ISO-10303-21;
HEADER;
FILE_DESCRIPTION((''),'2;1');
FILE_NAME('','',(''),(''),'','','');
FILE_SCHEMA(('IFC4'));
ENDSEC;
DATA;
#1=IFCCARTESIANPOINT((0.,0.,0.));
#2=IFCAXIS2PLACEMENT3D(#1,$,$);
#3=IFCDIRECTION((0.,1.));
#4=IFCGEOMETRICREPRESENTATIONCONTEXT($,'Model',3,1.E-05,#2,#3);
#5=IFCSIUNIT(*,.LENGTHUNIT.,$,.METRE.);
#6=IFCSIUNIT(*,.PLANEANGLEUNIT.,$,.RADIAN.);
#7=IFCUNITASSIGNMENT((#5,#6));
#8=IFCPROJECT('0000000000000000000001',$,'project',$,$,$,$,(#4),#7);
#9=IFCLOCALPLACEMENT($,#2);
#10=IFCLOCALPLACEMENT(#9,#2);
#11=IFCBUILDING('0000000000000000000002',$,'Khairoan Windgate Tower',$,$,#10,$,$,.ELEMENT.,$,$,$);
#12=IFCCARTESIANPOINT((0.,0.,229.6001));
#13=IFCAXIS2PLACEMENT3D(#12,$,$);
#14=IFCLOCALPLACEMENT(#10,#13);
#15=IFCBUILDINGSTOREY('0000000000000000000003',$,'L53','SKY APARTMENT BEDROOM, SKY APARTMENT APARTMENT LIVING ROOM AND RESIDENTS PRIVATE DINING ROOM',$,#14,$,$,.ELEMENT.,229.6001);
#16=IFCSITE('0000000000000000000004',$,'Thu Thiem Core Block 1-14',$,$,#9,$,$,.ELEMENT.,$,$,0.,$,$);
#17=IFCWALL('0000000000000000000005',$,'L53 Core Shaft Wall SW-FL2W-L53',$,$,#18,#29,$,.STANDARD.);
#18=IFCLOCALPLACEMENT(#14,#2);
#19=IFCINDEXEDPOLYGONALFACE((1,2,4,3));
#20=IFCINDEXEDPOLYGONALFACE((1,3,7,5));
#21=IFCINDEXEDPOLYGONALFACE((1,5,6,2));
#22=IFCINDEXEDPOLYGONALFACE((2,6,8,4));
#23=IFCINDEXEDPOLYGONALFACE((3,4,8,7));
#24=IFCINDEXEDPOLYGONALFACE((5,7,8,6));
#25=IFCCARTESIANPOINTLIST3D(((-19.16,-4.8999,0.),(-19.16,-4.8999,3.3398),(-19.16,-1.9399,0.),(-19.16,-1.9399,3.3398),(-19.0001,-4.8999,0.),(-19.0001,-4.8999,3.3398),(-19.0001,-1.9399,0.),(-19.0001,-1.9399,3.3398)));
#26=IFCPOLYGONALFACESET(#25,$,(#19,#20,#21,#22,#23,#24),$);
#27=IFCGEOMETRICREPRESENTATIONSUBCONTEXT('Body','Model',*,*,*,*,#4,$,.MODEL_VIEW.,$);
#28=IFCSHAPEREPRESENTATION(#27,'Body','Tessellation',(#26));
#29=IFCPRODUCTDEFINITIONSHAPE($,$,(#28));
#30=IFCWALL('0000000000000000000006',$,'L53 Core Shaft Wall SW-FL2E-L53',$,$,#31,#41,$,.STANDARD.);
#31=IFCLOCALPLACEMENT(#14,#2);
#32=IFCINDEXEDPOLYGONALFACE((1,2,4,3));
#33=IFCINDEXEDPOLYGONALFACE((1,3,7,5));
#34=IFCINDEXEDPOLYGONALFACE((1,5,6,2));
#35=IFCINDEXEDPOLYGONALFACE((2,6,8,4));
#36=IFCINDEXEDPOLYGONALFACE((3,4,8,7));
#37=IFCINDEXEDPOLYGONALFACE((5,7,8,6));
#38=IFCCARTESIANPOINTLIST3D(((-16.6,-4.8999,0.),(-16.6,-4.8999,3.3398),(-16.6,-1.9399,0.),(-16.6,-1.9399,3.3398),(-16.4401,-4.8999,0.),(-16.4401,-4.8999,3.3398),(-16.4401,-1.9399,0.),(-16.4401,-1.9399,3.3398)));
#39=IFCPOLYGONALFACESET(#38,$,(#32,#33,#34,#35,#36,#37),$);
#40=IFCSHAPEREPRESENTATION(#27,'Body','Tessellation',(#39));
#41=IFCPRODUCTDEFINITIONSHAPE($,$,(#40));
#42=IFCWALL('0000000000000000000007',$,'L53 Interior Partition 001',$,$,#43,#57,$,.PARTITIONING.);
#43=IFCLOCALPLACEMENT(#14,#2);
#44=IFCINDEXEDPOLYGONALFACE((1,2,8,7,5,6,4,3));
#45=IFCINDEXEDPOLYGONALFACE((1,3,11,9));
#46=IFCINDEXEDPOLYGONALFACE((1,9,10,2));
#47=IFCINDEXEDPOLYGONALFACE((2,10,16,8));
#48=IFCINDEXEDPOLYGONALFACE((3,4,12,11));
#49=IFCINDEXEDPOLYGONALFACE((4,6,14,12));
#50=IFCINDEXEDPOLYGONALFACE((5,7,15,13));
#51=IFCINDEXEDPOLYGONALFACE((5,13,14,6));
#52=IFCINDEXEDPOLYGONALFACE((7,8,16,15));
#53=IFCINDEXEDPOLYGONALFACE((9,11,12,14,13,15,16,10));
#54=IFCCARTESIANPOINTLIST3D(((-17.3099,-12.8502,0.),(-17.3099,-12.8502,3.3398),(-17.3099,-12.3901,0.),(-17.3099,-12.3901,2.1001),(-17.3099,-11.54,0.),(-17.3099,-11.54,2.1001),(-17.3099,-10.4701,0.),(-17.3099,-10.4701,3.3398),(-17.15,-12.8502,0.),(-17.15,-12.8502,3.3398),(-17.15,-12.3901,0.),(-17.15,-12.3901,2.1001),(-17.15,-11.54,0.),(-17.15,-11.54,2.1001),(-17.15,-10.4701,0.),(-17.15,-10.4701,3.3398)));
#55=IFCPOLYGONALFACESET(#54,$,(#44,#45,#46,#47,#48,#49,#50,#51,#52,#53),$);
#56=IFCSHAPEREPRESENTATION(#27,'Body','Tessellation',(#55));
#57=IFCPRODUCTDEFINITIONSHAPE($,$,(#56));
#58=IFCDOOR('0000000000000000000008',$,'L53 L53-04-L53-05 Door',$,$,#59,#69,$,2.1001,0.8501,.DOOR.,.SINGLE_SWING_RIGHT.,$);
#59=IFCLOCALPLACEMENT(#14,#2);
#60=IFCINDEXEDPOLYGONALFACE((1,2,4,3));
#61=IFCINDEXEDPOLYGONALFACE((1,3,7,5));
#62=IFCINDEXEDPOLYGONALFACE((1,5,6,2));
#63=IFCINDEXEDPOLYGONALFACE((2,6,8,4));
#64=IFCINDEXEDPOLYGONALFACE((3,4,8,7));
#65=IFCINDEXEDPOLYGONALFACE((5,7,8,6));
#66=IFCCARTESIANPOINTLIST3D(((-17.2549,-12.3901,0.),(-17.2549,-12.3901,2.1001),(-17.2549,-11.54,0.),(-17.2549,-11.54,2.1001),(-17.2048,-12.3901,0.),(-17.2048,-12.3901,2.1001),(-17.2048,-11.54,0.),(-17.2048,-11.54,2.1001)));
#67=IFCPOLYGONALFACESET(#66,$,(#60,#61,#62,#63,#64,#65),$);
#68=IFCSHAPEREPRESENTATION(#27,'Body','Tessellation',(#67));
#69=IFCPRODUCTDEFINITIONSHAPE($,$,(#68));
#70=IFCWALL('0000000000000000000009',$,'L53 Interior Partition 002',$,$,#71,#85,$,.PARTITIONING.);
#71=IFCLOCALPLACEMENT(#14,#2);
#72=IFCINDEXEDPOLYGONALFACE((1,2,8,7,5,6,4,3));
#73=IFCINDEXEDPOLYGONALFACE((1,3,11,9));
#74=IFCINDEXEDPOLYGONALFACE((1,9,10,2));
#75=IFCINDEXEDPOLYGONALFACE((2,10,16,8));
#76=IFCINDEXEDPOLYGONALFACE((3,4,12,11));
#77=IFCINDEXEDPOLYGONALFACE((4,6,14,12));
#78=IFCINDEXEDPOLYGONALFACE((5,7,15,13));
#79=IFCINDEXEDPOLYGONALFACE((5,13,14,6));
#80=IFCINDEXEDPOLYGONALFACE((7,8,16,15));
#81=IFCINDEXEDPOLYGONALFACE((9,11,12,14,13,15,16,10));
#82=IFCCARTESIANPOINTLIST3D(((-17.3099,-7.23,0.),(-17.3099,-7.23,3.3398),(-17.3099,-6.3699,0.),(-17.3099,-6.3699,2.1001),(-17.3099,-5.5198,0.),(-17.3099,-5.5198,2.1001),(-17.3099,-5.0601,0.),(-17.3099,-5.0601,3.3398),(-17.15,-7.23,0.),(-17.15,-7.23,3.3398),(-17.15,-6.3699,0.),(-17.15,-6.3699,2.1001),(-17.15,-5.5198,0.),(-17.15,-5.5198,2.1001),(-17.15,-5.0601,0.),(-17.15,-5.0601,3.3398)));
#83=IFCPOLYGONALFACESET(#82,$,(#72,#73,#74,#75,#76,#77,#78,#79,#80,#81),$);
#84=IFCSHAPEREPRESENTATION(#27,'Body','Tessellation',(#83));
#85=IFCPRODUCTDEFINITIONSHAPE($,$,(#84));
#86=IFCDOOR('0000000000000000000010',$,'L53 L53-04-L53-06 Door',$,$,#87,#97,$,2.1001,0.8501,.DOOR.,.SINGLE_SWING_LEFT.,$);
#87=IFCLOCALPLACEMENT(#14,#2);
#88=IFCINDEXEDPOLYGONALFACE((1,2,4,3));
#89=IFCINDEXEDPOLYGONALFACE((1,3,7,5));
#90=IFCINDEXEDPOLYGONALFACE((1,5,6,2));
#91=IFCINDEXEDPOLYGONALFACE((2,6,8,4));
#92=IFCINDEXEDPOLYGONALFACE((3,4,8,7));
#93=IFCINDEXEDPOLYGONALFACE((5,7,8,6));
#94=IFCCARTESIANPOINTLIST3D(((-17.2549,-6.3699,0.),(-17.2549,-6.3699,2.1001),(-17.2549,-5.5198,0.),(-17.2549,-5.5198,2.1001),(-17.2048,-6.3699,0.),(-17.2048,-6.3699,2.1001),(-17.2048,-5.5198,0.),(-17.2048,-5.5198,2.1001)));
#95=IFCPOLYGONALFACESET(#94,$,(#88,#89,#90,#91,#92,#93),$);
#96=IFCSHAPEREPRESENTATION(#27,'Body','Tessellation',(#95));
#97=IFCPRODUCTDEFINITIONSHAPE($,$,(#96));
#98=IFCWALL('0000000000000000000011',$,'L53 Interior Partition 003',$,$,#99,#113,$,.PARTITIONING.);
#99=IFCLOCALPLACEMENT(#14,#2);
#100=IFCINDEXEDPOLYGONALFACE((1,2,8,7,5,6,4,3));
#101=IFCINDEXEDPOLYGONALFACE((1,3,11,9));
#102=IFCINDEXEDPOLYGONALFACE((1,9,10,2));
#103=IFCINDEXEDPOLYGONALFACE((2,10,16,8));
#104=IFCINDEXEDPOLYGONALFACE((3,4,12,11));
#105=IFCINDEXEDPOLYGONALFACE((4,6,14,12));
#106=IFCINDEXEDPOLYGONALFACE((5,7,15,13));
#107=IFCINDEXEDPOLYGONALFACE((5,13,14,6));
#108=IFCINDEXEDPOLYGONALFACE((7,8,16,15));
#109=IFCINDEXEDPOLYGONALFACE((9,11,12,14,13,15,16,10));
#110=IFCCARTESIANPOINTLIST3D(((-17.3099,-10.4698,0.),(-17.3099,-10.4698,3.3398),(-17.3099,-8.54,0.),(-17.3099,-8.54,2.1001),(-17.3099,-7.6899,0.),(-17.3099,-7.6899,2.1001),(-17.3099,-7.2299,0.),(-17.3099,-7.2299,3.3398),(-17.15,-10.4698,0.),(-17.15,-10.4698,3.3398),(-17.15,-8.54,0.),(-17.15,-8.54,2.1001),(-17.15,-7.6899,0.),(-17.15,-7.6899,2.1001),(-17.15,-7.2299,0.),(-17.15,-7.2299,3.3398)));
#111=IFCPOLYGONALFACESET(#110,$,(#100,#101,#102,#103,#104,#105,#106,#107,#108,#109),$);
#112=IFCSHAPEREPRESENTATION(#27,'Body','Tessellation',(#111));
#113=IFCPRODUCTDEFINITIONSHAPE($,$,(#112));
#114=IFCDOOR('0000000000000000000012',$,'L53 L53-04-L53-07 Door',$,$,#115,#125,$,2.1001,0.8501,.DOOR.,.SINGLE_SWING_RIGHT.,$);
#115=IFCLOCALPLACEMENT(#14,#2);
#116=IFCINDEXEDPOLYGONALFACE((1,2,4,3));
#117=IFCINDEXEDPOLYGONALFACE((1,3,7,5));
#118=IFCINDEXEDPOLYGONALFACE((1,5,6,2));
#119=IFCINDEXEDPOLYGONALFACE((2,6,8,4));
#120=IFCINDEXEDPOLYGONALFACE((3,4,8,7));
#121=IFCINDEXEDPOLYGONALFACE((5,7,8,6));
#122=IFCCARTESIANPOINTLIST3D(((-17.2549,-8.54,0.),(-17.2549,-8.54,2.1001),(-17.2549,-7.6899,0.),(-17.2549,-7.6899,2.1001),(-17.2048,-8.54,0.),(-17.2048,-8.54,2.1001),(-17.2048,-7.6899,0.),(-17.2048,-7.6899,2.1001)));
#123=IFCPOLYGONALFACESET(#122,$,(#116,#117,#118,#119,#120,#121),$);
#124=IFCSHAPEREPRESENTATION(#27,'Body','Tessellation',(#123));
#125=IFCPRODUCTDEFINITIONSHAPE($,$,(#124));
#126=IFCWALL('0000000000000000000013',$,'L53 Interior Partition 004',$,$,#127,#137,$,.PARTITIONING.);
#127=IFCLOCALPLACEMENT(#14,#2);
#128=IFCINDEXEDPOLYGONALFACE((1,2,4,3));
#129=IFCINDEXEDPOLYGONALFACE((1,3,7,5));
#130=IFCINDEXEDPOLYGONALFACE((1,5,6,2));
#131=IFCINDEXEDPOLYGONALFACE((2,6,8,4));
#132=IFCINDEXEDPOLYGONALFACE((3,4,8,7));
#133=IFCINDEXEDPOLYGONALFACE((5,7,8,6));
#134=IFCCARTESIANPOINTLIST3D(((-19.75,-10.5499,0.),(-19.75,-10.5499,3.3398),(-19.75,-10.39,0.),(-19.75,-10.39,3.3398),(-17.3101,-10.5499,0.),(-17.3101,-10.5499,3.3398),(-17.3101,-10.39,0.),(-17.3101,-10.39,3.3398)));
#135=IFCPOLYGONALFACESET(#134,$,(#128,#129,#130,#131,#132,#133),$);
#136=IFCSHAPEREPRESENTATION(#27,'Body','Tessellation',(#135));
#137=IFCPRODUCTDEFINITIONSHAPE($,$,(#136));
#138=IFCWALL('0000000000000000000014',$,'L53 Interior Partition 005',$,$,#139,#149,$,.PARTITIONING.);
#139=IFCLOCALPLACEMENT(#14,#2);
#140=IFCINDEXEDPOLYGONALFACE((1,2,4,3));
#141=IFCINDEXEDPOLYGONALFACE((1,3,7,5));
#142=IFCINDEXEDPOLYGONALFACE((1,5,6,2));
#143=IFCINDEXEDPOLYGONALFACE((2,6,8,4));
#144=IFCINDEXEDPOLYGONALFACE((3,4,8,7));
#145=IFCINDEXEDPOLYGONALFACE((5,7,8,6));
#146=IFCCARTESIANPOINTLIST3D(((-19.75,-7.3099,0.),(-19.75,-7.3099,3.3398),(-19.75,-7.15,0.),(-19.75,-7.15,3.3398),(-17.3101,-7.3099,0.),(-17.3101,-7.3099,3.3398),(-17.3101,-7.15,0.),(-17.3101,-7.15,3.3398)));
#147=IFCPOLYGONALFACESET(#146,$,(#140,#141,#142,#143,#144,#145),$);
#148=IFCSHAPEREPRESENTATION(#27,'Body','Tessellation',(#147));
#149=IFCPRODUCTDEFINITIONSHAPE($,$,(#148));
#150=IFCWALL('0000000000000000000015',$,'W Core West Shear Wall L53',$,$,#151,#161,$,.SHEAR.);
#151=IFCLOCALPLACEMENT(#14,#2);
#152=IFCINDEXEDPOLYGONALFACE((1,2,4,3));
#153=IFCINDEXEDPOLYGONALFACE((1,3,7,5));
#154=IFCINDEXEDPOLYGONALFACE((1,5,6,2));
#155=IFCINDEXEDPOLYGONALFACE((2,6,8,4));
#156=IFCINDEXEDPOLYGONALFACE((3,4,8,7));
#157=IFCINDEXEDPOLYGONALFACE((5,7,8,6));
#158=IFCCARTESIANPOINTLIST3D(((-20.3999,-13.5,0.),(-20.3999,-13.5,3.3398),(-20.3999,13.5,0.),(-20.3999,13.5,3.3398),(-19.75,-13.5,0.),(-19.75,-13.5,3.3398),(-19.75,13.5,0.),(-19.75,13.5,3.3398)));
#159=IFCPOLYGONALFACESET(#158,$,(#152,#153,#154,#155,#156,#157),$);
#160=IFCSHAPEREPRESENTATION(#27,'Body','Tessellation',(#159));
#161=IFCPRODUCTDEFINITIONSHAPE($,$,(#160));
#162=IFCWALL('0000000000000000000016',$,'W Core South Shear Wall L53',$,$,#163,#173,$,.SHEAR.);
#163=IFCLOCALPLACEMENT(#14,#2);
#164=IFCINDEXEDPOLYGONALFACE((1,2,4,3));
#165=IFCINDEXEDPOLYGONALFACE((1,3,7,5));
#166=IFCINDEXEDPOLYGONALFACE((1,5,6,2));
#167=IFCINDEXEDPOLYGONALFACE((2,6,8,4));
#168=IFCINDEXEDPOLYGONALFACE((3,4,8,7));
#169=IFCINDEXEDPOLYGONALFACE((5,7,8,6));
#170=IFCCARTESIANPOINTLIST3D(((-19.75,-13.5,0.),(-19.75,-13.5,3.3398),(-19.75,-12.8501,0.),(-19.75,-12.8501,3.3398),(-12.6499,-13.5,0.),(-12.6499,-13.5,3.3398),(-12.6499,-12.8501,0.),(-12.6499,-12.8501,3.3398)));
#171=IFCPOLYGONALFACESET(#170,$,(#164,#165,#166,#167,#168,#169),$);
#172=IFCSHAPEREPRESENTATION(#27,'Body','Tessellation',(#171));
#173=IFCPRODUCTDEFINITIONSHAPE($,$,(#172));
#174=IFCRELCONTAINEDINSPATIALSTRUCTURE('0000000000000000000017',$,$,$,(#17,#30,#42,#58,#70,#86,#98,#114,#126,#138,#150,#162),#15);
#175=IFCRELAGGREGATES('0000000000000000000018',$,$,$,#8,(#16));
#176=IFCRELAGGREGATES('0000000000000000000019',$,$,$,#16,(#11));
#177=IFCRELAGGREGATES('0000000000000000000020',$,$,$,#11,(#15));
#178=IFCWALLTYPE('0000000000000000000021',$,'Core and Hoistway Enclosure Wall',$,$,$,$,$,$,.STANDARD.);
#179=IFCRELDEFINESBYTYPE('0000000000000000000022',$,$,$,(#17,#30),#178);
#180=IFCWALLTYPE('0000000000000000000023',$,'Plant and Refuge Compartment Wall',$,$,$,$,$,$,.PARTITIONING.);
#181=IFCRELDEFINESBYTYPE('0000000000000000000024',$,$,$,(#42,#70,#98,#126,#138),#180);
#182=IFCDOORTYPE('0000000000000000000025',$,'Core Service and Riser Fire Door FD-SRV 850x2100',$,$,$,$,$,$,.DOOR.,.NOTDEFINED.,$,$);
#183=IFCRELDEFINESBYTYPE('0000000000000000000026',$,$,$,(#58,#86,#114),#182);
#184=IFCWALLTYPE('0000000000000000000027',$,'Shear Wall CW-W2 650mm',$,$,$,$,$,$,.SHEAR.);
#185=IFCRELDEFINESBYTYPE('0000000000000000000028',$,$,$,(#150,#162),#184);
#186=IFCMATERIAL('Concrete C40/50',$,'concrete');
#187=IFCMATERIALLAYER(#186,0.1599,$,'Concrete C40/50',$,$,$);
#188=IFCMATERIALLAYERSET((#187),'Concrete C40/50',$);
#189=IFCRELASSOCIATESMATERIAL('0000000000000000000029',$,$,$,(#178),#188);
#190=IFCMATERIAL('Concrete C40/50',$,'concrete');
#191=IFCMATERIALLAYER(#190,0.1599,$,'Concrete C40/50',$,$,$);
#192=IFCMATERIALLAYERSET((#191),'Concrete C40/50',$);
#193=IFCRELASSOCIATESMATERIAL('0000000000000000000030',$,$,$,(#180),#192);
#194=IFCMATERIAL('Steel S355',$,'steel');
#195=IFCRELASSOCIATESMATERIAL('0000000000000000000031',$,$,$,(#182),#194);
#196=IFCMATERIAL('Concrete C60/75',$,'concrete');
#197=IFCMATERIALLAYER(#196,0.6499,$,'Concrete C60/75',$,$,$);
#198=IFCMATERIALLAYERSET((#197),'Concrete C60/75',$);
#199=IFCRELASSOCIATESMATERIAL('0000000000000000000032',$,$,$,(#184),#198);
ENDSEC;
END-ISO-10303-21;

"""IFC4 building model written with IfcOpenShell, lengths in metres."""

from ifc_helpers import new_model, si_unit, direction, frame, frame_2d, origin, place, context, subcontext, project, spatial, rectangle, extrude, material, layer, layer_set, type_object, element, fill, save


model = new_model("IFC4")

# Units and contexts
model_context = context("Model", 3, precision=1e-05, world=origin(), true_north=direction((0.0, 1.0)))
body_context = subcontext(model_context, "Body", "Model", "MODEL_VIEW")
ifc_project = project(units=[si_unit("LENGTHUNIT", "METRE"), si_unit("PLANEANGLEUNIT", "RADIAN")], contexts=[model_context])

# Site, building, storey
site_placement = place(None, origin())
site = spatial("IfcSite", under=ifc_project, at=site_placement, Name="Thu Thiem Core Block 1-14", CompositionType="ELEMENT", RefElevation=0.0)
building_placement = place(site_placement, origin())
building = spatial("IfcBuilding", under=site, at=building_placement, Name="Khairoan Windgate Tower", CompositionType="ELEMENT")
storey_placement = place(building_placement, frame((0.0, 0.0, 229.6001)))
storey = spatial("IfcBuildingStorey", under=building, at=storey_placement, Name="L53", Description="SKY APARTMENT BEDROOM, SKY APARTMENT APARTMENT LIVING ROOM AND RESIDENTS PRIVATE DINING ROOM", CompositionType="ELEMENT", Elevation=229.6001)

# Walls
ifc_material_1 = material(Name="Concrete C40/50", Category="concrete")
ifc_layer_1 = layer(ifc_material_1, 0.1599, Name="Concrete C40/50")
ifc_layer_set_1 = layer_set([ifc_layer_1], Name="Concrete C40/50")
wall_type_1 = type_object("IfcWallType", Name="Core and Hoistway Enclosure Wall", PredefinedType="STANDARD", material=ifc_layer_set_1)
for number, where, z_axis, x_axis, name in (
    (1, (-19.0801, -4.8999, 0.0), (0.0, 0.0, 1.0), (0.0, 1.0, 0.0), "L53 Core Shaft Wall SW-FL2W-L53"),
    (2, (-16.52, -4.8999, 0.0), (0.0, 0.0, 1.0), (0.0, 1.0, 0.0), "L53 Core Shaft Wall SW-FL2E-L53"),
):
    element("IfcWall", number, at=place(storey_placement, frame(where, z_axis=z_axis, x_axis=x_axis)), inside=storey, type_object=wall_type_1, Name=name, PredefinedType="STANDARD", context=body_context, shape_type="SweptSolid", body=[
        extrude(rectangle(XDim=2.96, YDim=0.1599, at=frame_2d((1.48, 0.0))), origin(), (0.0, 0.0, 1.0), 3.3398),
    ])

# Walls, openings, doors
ifc_material_2 = material(Name="Concrete C40/50", Category="concrete")
ifc_layer_2 = layer(ifc_material_2, 0.1599, Name="Concrete C40/50")
ifc_layer_set_2 = layer_set([ifc_layer_2], Name="Concrete C40/50")
wall_type_2 = type_object("IfcWallType", Name="Plant and Refuge Compartment Wall", PredefinedType="PARTITIONING", material=ifc_layer_set_2)
wall_1_placement = place(storey_placement, frame((-17.23, -12.8501, 0.0), z_axis=(0.0, 0.0, 1.0), x_axis=(0.0, 1.0, 0.0)))
wall_1 = element("IfcWall", 3, at=wall_1_placement, inside=storey, type_object=wall_type_2, Name="L53 Interior Partition 001", PredefinedType="PARTITIONING", context=body_context, shape_type="SweptSolid", body=[
    extrude(rectangle(XDim=2.3801, YDim=0.1599, at=frame_2d((1.1899, 0.0))), origin(), (0.0, 0.0, 1.0), 3.3398),
])
opening_1_placement = place(wall_1_placement, frame((0.46, 0.0, 0.0)))
opening_1 = element("IfcOpeningElement", 4, at=opening_1_placement, cuts=wall_1, PredefinedType="OPENING", context=body_context, shape_type="SweptSolid", body=[
    extrude(rectangle(XDim=0.8501, YDim=2.1001, at=frame_2d((0.425, 1.05))), frame((0.0, 0.0898, 0.0), z_axis=(0.0, -1.0, 0.0), x_axis=(1.0, 0.0, 0.0)), (0.0, 0.0, 1.0), 0.1799),
])
ifc_material_3 = material(Name="Steel S355", Category="steel")
door_type = type_object("IfcDoorType", Name="Core Service and Riser Fire Door FD-SRV 850x2100", OperationType="NOTDEFINED", PredefinedType="DOOR", material=ifc_material_3)
door_1_placement = place(opening_1_placement, origin())
door_1 = element("IfcDoor", 5, at=door_1_placement, inside=storey, type_object=door_type, Name="L53 L53-04-L53-05 Door", OperationType="SINGLE_SWING_RIGHT", OverallHeight=2.1001, OverallWidth=0.8501, PredefinedType="DOOR", context=body_context, shape_type="SweptSolid", body=[
    extrude(rectangle(XDim=0.8501, YDim=2.1001, at=frame_2d((0.425, 1.05))), frame((0.0, 0.0249, 0.0), z_axis=(0.0, -1.0, 0.0), x_axis=(1.0, 0.0, 0.0)), (0.0, 0.0, 1.0), 0.05),
])
fill(opening_1, door_1)
wall_2_placement = place(storey_placement, frame((-17.23, -7.23, 0.0), z_axis=(0.0, 0.0, 1.0), x_axis=(0.0, 1.0, 0.0)))
wall_2 = element("IfcWall", 6, at=wall_2_placement, inside=storey, type_object=wall_type_2, Name="L53 Interior Partition 002", PredefinedType="PARTITIONING", context=body_context, shape_type="SweptSolid", body=[
    extrude(rectangle(XDim=2.1699, YDim=0.1599, at=frame_2d((1.085, 0.0))), origin(), (0.0, 0.0, 1.0), 3.3398),
])
opening_2_placement = place(wall_2_placement, frame((0.8601, 0.0, 0.0)))
opening_2 = element("IfcOpeningElement", 7, at=opening_2_placement, cuts=wall_2, PredefinedType="OPENING", context=body_context, shape_type="SweptSolid", body=[
    extrude(rectangle(XDim=0.8501, YDim=2.1001, at=frame_2d((0.425, 1.05))), frame((0.0, 0.0898, 0.0), z_axis=(0.0, -1.0, 0.0), x_axis=(1.0, 0.0, 0.0)), (0.0, 0.0, 1.0), 0.1799),
])
door_2_placement = place(opening_2_placement, origin())
door_2 = element("IfcDoor", 8, at=door_2_placement, inside=storey, type_object=door_type, Name="L53 L53-04-L53-06 Door", OperationType="SINGLE_SWING_LEFT", OverallHeight=2.1001, OverallWidth=0.8501, PredefinedType="DOOR", context=body_context, shape_type="SweptSolid", body=[
    extrude(rectangle(XDim=0.8501, YDim=2.1001, at=frame_2d((0.425, 1.05))), frame((0.0, 0.0249, 0.0), z_axis=(0.0, -1.0, 0.0), x_axis=(1.0, 0.0, 0.0)), (0.0, 0.0, 1.0), 0.05),
])
fill(opening_2, door_2)
wall_3_placement = place(storey_placement, frame((-17.23, -10.47, 0.0), z_axis=(0.0, 0.0, 1.0), x_axis=(0.0, 1.0, 0.0)))
wall_3 = element("IfcWall", 9, at=wall_3_placement, inside=storey, type_object=wall_type_2, Name="L53 Interior Partition 003", PredefinedType="PARTITIONING", context=body_context, shape_type="SweptSolid", body=[
    extrude(rectangle(XDim=3.24, YDim=0.1599, at=frame_2d((1.6201, 0.0))), origin(), (0.0, 0.0, 1.0), 3.3398),
])
opening_3_placement = place(wall_3_placement, frame((1.9299, 0.0, 0.0)))
opening_3 = element("IfcOpeningElement", 10, at=opening_3_placement, cuts=wall_3, PredefinedType="OPENING", context=body_context, shape_type="SweptSolid", body=[
    extrude(rectangle(XDim=0.8501, YDim=2.1001, at=frame_2d((0.425, 1.05))), frame((0.0, 0.0898, 0.0), z_axis=(0.0, -1.0, 0.0), x_axis=(1.0, 0.0, 0.0)), (0.0, 0.0, 1.0), 0.1799),
])
door_3_placement = place(opening_3_placement, origin())
door_3 = element("IfcDoor", 11, at=door_3_placement, inside=storey, type_object=door_type, Name="L53 L53-04-L53-07 Door", OperationType="SINGLE_SWING_RIGHT", OverallHeight=2.1001, OverallWidth=0.8501, PredefinedType="DOOR", context=body_context, shape_type="SweptSolid", body=[
    extrude(rectangle(XDim=0.8501, YDim=2.1001, at=frame_2d((0.425, 1.05))), frame((0.0, 0.0249, 0.0), z_axis=(0.0, -1.0, 0.0), x_axis=(1.0, 0.0, 0.0)), (0.0, 0.0, 1.0), 0.05),
])
fill(opening_3, door_3)

# Walls
for number, where, z_axis, x_axis, name in (
    (12, (-19.75, -10.47, 0.0), (0.0, 0.0, 1.0), (1.0, 0.0, 0.0), "L53 Interior Partition 004"),
    (13, (-19.75, -7.23, 0.0), (0.0, 0.0, 1.0), (1.0, 0.0, 0.0), "L53 Interior Partition 005"),
):
    element("IfcWall", number, at=place(storey_placement, frame(where, z_axis=z_axis, x_axis=x_axis)), inside=storey, type_object=wall_type_2, Name=name, PredefinedType="PARTITIONING", context=body_context, shape_type="SweptSolid", body=[
        extrude(rectangle(XDim=2.4399, YDim=0.1599, at=frame_2d((1.22, 0.0))), origin(), (0.0, 0.0, 1.0), 3.3398),
    ])
ifc_material_4 = material(Name="Concrete C60/75", Category="concrete")
ifc_layer_3 = layer(ifc_material_4, 0.6499, Name="Concrete C60/75")
ifc_layer_set_3 = layer_set([ifc_layer_3], Name="Concrete C60/75")
wall_type_3 = type_object("IfcWallType", Name="Shear Wall CW-W2 650mm", PredefinedType="SHEAR", material=ifc_layer_set_3)
wall_4_placement = place(storey_placement, frame((-20.075, -13.5, 0.0), z_axis=(0.0, 0.0, 1.0), x_axis=(0.0, 1.0, 0.0)))
element("IfcWall", 14, at=wall_4_placement, inside=storey, type_object=wall_type_3, Name="W Core West Shear Wall L53", PredefinedType="SHEAR", context=body_context, shape_type="SweptSolid", body=[
    extrude(rectangle(XDim=27.0, YDim=0.6499, at=frame_2d((13.5, 0.0))), origin(), (0.0, 0.0, 1.0), 3.3398),
])
wall_5_placement = place(storey_placement, frame((-19.75, -13.175, 0.0), z_axis=(0.0, 0.0, 1.0), x_axis=(1.0, 0.0, 0.0)))
element("IfcWall", 15, at=wall_5_placement, inside=storey, type_object=wall_type_3, Name="W Core South Shear Wall L53", PredefinedType="SHEAR", context=body_context, shape_type="SweptSolid", body=[
    extrude(rectangle(XDim=7.1001, YDim=0.6499, at=frame_2d((3.55, 0.0))), origin(), (0.0, 0.0, 1.0), 3.3398),
])

save(model, "model.ifc")
